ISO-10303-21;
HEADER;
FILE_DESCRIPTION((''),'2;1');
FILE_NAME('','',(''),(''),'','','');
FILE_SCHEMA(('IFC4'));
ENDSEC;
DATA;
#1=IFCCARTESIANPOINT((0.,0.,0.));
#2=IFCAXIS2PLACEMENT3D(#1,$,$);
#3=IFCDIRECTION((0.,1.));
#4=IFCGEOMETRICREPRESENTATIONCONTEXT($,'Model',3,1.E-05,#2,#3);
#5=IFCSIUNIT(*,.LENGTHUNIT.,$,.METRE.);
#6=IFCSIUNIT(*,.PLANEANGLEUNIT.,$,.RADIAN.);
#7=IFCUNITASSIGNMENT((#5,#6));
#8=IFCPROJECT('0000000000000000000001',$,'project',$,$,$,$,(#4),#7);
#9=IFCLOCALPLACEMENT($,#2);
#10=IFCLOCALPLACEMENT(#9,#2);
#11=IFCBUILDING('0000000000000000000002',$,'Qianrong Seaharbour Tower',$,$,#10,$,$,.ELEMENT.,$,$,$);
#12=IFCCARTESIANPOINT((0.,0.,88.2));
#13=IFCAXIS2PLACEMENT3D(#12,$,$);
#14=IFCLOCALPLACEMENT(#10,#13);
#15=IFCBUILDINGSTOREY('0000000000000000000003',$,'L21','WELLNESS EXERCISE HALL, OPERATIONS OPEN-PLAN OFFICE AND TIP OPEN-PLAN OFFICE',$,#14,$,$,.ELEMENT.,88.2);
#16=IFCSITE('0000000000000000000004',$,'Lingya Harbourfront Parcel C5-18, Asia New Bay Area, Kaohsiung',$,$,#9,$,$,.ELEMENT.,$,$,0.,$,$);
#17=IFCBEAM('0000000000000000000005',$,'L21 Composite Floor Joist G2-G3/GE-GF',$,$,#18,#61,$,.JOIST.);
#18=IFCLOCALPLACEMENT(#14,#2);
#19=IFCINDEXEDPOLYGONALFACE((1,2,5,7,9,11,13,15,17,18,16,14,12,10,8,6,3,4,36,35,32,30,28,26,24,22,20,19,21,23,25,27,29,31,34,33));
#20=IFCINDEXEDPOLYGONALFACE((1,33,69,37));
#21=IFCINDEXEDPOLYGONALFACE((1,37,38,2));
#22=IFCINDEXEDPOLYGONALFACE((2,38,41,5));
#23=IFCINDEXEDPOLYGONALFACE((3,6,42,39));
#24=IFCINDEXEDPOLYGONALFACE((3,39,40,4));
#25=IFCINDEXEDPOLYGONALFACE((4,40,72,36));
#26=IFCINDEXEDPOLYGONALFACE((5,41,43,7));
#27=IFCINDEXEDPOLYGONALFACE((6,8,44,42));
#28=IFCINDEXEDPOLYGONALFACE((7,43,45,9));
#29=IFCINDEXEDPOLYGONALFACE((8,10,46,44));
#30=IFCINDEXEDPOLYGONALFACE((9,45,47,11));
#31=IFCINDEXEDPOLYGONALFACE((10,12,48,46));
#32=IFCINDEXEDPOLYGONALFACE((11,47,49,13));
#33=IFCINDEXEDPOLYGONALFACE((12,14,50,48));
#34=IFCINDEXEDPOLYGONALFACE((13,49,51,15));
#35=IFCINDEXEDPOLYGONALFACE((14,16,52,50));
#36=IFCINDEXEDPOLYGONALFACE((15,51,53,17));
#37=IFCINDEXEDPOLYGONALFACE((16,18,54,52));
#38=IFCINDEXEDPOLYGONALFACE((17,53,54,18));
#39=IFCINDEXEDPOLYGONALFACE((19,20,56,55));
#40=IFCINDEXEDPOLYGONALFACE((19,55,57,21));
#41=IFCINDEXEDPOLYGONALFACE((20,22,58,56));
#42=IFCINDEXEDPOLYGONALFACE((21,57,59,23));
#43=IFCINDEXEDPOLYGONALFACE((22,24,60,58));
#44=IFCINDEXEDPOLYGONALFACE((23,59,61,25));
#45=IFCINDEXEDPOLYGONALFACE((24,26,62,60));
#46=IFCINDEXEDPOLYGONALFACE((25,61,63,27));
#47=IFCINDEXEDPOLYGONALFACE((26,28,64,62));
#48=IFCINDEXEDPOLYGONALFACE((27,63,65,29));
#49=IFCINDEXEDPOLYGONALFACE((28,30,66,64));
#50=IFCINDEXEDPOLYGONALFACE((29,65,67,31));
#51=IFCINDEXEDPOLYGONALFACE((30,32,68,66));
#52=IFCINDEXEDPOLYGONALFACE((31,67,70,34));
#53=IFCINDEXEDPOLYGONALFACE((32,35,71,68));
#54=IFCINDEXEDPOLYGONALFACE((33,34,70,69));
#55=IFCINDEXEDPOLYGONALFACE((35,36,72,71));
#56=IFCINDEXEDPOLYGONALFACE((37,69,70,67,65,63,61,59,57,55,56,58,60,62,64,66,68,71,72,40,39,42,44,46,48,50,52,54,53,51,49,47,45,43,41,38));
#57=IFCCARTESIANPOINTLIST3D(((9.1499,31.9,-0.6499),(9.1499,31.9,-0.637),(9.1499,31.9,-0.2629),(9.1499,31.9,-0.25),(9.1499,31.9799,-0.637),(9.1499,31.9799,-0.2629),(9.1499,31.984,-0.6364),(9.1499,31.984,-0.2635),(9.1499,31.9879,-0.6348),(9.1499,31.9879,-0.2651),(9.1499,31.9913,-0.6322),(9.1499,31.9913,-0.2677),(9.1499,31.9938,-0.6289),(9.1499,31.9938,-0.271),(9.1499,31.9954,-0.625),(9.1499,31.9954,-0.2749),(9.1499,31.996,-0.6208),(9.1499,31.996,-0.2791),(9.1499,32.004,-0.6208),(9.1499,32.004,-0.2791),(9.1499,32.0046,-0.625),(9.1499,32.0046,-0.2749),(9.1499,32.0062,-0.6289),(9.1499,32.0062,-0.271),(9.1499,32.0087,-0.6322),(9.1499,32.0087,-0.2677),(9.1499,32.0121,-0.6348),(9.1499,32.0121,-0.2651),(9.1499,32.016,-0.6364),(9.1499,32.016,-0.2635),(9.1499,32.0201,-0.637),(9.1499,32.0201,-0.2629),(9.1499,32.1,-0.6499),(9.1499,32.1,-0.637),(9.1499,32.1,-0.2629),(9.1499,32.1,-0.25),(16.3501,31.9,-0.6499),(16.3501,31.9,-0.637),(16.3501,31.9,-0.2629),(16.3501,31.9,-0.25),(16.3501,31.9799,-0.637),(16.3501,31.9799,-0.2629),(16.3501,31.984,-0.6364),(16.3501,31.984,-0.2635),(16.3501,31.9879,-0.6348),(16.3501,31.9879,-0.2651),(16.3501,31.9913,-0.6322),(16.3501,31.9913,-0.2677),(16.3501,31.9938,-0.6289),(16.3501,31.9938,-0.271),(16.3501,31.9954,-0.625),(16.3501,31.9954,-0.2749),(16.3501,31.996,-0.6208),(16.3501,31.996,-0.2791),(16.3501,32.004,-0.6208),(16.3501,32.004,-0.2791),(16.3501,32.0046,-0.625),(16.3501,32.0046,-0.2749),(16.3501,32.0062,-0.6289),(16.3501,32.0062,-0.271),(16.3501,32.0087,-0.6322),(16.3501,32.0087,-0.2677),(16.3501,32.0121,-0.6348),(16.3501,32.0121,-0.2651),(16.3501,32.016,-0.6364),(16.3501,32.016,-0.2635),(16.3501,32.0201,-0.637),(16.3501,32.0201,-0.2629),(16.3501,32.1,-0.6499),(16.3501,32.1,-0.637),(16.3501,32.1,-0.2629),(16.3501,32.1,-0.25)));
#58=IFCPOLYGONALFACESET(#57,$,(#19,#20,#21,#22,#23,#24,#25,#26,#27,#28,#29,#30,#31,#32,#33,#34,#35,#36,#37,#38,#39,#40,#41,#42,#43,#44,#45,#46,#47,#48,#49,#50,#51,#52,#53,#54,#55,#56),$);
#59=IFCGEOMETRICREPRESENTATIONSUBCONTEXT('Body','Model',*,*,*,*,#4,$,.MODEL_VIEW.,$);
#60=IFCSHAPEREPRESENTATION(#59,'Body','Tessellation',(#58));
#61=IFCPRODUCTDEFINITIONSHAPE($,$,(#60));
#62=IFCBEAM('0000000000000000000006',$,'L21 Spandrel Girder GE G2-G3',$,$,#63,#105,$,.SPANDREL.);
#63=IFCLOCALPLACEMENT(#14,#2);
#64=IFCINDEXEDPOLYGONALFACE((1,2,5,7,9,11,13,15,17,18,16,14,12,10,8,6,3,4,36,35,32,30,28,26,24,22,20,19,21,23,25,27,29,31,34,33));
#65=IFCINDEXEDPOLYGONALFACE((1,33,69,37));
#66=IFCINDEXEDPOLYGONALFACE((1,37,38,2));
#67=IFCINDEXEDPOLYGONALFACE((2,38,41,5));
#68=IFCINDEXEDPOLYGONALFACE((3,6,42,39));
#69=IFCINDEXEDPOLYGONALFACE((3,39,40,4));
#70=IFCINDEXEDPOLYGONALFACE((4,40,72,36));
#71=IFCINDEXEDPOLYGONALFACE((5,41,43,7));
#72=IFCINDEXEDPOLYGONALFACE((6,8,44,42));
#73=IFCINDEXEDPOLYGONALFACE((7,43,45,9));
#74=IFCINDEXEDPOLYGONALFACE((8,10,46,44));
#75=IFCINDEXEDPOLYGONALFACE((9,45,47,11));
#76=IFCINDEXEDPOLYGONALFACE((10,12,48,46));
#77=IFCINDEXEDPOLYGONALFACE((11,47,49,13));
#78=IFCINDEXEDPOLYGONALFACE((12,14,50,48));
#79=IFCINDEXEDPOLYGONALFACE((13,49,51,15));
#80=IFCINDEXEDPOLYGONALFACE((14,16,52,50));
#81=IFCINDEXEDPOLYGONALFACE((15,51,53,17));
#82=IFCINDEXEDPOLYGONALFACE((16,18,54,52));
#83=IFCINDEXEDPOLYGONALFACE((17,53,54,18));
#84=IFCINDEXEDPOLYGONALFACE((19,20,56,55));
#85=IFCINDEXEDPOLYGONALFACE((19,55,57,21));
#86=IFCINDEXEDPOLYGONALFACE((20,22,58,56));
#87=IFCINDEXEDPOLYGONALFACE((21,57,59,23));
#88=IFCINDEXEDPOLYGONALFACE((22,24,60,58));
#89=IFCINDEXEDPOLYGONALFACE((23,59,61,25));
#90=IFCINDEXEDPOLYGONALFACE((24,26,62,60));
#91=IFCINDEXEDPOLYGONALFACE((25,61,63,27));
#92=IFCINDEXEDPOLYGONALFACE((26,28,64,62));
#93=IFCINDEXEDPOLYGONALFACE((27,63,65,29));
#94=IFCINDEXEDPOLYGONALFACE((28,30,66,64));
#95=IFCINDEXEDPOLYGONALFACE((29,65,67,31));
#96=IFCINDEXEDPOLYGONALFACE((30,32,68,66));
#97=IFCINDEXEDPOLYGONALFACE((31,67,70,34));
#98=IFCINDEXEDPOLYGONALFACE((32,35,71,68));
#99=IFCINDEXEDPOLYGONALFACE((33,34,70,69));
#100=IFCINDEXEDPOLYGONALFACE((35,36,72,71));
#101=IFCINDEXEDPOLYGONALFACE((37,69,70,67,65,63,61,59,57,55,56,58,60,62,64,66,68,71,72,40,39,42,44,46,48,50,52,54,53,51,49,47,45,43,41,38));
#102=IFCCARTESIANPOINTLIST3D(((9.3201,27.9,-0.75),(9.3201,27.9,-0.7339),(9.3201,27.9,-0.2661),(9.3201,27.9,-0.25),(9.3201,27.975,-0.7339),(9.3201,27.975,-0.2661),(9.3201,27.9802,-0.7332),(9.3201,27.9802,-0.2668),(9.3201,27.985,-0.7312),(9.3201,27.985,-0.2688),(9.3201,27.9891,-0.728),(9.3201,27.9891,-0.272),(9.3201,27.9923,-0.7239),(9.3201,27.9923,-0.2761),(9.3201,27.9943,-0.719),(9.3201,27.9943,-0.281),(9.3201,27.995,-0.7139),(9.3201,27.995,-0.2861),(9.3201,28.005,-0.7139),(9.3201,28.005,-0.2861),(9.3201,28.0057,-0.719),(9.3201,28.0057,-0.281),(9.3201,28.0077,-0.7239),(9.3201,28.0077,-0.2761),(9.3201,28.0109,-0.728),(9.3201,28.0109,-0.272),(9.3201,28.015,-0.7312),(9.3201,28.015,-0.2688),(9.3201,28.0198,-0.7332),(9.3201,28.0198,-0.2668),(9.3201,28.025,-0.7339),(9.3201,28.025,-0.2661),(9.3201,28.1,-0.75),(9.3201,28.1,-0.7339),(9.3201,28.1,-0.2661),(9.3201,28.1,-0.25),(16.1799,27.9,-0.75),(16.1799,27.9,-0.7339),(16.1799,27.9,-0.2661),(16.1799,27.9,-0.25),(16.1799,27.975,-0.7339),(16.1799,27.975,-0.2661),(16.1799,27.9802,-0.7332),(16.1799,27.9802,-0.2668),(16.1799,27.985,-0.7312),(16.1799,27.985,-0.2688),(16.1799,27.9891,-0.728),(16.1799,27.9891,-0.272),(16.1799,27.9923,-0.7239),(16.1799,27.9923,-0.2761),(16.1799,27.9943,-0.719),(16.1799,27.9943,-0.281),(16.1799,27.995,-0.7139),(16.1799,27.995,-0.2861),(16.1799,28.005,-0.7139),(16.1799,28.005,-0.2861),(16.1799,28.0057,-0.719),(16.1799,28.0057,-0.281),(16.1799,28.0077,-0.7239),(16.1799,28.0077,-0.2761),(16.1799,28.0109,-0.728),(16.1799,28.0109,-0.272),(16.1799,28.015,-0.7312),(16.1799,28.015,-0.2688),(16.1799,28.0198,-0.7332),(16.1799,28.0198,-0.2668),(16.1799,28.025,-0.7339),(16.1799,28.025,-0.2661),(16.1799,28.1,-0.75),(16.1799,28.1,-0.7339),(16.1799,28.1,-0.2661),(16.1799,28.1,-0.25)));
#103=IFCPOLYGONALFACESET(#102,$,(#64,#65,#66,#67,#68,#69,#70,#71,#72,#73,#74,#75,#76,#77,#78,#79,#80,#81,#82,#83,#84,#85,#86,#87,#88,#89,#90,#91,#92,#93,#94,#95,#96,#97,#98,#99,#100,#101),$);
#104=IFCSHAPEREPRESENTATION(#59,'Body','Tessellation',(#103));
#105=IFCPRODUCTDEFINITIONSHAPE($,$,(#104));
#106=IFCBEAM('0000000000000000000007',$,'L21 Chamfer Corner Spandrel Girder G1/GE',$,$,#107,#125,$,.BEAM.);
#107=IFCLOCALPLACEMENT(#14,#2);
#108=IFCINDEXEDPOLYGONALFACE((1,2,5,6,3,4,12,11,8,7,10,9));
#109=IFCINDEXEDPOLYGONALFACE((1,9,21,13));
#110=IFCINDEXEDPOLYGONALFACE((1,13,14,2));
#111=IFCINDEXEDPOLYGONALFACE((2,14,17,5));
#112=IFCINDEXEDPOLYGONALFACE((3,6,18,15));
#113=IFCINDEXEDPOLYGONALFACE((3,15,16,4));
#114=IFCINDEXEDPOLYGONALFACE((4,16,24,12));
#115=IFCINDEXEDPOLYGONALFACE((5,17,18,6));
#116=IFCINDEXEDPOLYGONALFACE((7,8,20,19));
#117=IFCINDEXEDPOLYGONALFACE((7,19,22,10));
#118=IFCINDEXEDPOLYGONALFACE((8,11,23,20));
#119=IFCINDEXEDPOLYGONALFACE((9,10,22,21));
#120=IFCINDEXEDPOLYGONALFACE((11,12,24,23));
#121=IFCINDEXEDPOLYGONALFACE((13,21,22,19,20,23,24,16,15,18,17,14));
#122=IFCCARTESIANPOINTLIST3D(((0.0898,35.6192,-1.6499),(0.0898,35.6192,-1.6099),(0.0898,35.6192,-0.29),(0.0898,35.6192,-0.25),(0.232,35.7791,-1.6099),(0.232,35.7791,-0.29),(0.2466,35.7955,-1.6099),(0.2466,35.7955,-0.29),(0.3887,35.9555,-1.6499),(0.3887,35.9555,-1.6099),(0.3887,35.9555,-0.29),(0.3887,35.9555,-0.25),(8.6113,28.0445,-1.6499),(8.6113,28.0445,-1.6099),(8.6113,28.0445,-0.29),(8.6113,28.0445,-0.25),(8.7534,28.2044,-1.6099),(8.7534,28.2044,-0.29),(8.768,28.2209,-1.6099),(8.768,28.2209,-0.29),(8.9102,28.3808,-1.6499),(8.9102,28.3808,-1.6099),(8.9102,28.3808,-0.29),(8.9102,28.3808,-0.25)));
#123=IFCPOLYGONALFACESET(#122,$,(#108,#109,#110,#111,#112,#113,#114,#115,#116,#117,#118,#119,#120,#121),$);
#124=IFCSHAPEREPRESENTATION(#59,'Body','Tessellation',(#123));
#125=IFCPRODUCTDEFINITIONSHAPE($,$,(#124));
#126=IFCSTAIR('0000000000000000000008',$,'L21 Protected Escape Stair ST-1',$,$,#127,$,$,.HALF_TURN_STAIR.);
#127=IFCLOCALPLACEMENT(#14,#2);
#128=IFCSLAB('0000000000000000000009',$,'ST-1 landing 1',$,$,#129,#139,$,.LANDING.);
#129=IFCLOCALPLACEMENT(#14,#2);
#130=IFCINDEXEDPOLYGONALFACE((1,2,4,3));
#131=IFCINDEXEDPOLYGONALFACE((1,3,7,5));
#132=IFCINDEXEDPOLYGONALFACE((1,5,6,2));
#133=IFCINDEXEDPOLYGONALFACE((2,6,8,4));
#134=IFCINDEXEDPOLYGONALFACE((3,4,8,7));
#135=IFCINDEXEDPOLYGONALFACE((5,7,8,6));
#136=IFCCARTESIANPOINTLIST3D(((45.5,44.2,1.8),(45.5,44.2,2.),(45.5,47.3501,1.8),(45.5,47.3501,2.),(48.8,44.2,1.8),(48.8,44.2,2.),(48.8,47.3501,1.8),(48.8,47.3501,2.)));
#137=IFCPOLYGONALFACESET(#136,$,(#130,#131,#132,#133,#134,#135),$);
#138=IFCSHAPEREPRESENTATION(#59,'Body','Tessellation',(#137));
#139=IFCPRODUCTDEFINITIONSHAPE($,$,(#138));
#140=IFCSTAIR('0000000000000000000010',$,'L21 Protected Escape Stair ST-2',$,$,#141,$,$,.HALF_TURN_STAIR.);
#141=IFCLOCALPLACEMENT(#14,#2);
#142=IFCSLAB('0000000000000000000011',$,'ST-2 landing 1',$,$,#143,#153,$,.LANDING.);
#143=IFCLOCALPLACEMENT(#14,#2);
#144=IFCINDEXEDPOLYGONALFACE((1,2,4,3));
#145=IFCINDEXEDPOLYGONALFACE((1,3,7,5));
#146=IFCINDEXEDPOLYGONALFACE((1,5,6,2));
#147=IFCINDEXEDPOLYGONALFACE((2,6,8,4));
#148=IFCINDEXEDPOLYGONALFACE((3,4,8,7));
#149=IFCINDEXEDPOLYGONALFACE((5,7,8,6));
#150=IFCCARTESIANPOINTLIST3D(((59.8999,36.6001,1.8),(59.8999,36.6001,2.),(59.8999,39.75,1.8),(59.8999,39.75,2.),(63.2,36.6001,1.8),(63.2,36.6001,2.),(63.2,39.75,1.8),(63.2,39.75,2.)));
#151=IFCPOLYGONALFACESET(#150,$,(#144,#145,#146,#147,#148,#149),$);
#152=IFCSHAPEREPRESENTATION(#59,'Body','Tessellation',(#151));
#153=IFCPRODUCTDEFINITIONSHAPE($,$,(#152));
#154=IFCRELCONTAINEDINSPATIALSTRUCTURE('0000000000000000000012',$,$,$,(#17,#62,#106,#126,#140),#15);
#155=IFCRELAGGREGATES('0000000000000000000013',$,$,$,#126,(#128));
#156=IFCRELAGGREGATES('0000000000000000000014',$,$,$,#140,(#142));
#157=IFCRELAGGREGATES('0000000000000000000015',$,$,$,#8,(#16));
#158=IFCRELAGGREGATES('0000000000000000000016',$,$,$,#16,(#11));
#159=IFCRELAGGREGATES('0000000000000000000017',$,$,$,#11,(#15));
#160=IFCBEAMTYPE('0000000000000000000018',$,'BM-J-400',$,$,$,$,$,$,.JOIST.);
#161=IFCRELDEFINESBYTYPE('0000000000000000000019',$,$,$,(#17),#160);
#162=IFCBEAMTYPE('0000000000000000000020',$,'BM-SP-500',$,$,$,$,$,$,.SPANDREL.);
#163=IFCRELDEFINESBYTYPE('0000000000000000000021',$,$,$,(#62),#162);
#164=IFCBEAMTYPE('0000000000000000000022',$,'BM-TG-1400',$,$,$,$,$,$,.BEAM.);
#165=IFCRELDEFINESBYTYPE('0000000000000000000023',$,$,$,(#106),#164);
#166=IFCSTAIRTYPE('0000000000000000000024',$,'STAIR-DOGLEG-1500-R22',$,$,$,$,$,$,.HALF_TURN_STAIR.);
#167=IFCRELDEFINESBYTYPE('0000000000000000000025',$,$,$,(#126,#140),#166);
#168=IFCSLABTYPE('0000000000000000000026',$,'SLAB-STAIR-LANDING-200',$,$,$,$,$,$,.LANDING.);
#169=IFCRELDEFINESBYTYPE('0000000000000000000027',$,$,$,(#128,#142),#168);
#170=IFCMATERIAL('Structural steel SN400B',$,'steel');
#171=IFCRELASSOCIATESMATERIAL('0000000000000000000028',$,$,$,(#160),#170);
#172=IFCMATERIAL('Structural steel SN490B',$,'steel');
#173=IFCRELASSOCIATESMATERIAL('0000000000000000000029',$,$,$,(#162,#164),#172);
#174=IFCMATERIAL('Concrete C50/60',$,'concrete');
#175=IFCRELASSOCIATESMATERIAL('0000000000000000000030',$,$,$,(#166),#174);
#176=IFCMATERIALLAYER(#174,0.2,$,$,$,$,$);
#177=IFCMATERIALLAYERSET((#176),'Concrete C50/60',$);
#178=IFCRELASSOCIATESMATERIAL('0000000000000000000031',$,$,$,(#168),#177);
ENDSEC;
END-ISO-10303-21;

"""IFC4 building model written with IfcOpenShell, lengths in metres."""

from ifc_helpers import new_model, si_unit, direction, frame, origin, origin_2d, place, context, subcontext, project, spatial, polyline, i_section, outline, extrude, material, layer, layer_set, material_profile, profile_set, type_object, element, aggregate, save


model = new_model("IFC4")

# Units and contexts
model_context = context("Model", 3, precision=1e-05, world=origin(), true_north=direction((0.0, 1.0)))
body_context = subcontext(model_context, "Body", "Model", "MODEL_VIEW")
ifc_project = project(units=[si_unit("LENGTHUNIT", "METRE"), si_unit("PLANEANGLEUNIT", "RADIAN")], contexts=[model_context])

# Site, building, storey
site_placement = place(None, origin())
site = spatial("IfcSite", under=ifc_project, at=site_placement, Name="Lingya Harbourfront Parcel C5-18, Asia New Bay Area, Kaohsiung", CompositionType="ELEMENT", RefElevation=0.0)
building_placement = place(site_placement, origin())
building = spatial("IfcBuilding", under=site, at=building_placement, Name="Qianrong Seaharbour Tower", CompositionType="ELEMENT")
storey_placement = place(building_placement, frame((0.0, 0.0, 88.2)))
storey = spatial("IfcBuildingStorey", under=building, at=storey_placement, Name="L21", Description="WELLNESS EXERCISE HALL, OPERATIONS OPEN-PLAN OFFICE AND TIP OPEN-PLAN OFFICE", CompositionType="ELEMENT", Elevation=88.2)

# Shared definitions
ifc_material_1 = material(Name="Structural steel SN490B", Category="steel")

# Beams
ifc_material_2 = material(Name="Structural steel SN400B", Category="steel")
ifc_material_profile_1 = material_profile(ifc_material_2, i_section(OverallWidth=0.2, OverallDepth=0.3999, WebThickness=0.0081, FlangeThickness=0.0129, FilletRadius=0.0161, at=origin_2d()), Name="H400x200x8x13")
ifc_profile_set_1 = profile_set([ifc_material_profile_1], Name="Structural steel SN400B")
beam_type_1 = type_object("IfcBeamType", Name="BM-J-400", PredefinedType="JOIST", material=ifc_profile_set_1)
beam_1_placement = place(storey_placement, frame((9.1499, 32.0, -0.45), z_axis=(1.0, 0.0, 0.0), x_axis=(0.0, 1.0, 0.0)))
element("IfcBeam", 1, at=beam_1_placement, inside=storey, type_object=beam_type_1, Name="L21 Composite Floor Joist G2-G3/GE-GF", PredefinedType="JOIST", context=body_context, shape_type="SweptSolid", body=[
    extrude(i_section(OverallWidth=0.2, OverallDepth=0.3999, WebThickness=0.0081, FlangeThickness=0.0129, FilletRadius=0.0161, at=origin_2d()), origin(), (0.0, 0.0, 1.0), 7.2002),
])
ifc_material_profile_2 = material_profile(ifc_material_1, i_section(OverallWidth=0.2, OverallDepth=0.5, WebThickness=0.01, FlangeThickness=0.0161, FilletRadius=0.02, at=origin_2d()), Name="H500x200x10x16")
ifc_profile_set_2 = profile_set([ifc_material_profile_2], Name="Structural steel SN490B")
beam_type_2 = type_object("IfcBeamType", Name="BM-SP-500", PredefinedType="SPANDREL", material=ifc_profile_set_2)
beam_2_placement = place(storey_placement, frame((9.3201, 28.0, -0.5), z_axis=(1.0, 0.0, 0.0), x_axis=(0.0, 1.0, 0.0)))
element("IfcBeam", 2, at=beam_2_placement, inside=storey, type_object=beam_type_2, Name="L21 Spandrel Girder GE G2-G3", PredefinedType="SPANDREL", context=body_context, shape_type="SweptSolid", body=[
    extrude(i_section(OverallWidth=0.2, OverallDepth=0.5, WebThickness=0.01, FlangeThickness=0.0161, FilletRadius=0.02, at=origin_2d()), origin(), (0.0, 0.0, 1.0), 6.8599),
])
ifc_material_profile_3 = material_profile(ifc_material_1, i_section(OverallWidth=0.45, OverallDepth=1.3999, WebThickness=0.022, FlangeThickness=0.04, at=origin_2d()), Name="BH1400x450x22x40")
ifc_profile_set_3 = profile_set([ifc_material_profile_3], Name="Structural steel SN490B")
beam_type_3 = type_object("IfcBeamType", Name="BM-TG-1400", PredefinedType="BEAM", material=ifc_profile_set_3)
beam_3_placement = place(storey_placement, frame((8.7607, 28.2126, -0.95), z_axis=(-0.747407, 0.664366, 0.0), x_axis=(-0.664366, -0.747407, 0.0)))
element("IfcBeam", 3, at=beam_3_placement, inside=storey, type_object=beam_type_3, Name="L21 Chamfer Corner Spandrel Girder G1/GE", PredefinedType="BEAM", context=body_context, shape_type="SweptSolid", body=[
    extrude(i_section(OverallWidth=0.45, OverallDepth=1.3999, WebThickness=0.022, FlangeThickness=0.04, at=origin_2d()), origin(), (0.0, 0.0, 1.0), 11.4014),
])

# Stairs, slabs
ifc_material_3 = material(Name="Concrete C50/60", Category="concrete")
stair_type = type_object("IfcStairType", Name="STAIR-DOGLEG-1500-R22", PredefinedType="HALF_TURN_STAIR", material=ifc_material_3)
stair_1_placement = place(storey_placement, origin())
stair_1 = element("IfcStair", 4, at=stair_1_placement, inside=storey, type_object=stair_type, Name="L21 Protected Escape Stair ST-1", PredefinedType="HALF_TURN_STAIR")
ifc_layer_1 = layer(ifc_material_3, 0.2)
ifc_layer_set_1 = layer_set([ifc_layer_1], Name="Concrete C50/60")
slab_type_1 = type_object("IfcSlabType", Name="SLAB-STAIR-LANDING-200", PredefinedType="LANDING", material=ifc_layer_set_1)
slab_1_placement = place(storey_placement, frame((0.0, 0.0, 1.8)))
slab_1 = element("IfcSlab", 5, at=slab_1_placement, type_object=slab_type_1, Name="ST-1 landing 1", PredefinedType="LANDING", context=body_context, shape_type="SweptSolid", body=[
    extrude(outline(polyline([(45.5, 44.2), (48.8, 44.2), (48.8, 47.3501), (45.5, 47.3501), (45.5, 44.2)])), origin(), (0.0, 0.0, 1.0), 0.2),
])
aggregate(stair_1, [slab_1])
stair_2_placement = place(storey_placement, origin())
stair_2 = element("IfcStair", 6, at=stair_2_placement, inside=storey, type_object=stair_type, Name="L21 Protected Escape Stair ST-2", PredefinedType="HALF_TURN_STAIR")
slab_2_placement = place(storey_placement, frame((0.0, 0.0, 1.8)))
slab_2 = element("IfcSlab", 7, at=slab_2_placement, type_object=slab_type_1, Name="ST-2 landing 1", PredefinedType="LANDING", context=body_context, shape_type="SweptSolid", body=[
    extrude(outline(polyline([(59.8999, 36.6001), (63.2, 36.6001), (63.2, 39.75), (59.8999, 39.75), (59.8999, 36.6001)])), origin(), (0.0, 0.0, 1.0), 0.2),
])
aggregate(stair_2, [slab_2])

save(model, "model.ifc")
